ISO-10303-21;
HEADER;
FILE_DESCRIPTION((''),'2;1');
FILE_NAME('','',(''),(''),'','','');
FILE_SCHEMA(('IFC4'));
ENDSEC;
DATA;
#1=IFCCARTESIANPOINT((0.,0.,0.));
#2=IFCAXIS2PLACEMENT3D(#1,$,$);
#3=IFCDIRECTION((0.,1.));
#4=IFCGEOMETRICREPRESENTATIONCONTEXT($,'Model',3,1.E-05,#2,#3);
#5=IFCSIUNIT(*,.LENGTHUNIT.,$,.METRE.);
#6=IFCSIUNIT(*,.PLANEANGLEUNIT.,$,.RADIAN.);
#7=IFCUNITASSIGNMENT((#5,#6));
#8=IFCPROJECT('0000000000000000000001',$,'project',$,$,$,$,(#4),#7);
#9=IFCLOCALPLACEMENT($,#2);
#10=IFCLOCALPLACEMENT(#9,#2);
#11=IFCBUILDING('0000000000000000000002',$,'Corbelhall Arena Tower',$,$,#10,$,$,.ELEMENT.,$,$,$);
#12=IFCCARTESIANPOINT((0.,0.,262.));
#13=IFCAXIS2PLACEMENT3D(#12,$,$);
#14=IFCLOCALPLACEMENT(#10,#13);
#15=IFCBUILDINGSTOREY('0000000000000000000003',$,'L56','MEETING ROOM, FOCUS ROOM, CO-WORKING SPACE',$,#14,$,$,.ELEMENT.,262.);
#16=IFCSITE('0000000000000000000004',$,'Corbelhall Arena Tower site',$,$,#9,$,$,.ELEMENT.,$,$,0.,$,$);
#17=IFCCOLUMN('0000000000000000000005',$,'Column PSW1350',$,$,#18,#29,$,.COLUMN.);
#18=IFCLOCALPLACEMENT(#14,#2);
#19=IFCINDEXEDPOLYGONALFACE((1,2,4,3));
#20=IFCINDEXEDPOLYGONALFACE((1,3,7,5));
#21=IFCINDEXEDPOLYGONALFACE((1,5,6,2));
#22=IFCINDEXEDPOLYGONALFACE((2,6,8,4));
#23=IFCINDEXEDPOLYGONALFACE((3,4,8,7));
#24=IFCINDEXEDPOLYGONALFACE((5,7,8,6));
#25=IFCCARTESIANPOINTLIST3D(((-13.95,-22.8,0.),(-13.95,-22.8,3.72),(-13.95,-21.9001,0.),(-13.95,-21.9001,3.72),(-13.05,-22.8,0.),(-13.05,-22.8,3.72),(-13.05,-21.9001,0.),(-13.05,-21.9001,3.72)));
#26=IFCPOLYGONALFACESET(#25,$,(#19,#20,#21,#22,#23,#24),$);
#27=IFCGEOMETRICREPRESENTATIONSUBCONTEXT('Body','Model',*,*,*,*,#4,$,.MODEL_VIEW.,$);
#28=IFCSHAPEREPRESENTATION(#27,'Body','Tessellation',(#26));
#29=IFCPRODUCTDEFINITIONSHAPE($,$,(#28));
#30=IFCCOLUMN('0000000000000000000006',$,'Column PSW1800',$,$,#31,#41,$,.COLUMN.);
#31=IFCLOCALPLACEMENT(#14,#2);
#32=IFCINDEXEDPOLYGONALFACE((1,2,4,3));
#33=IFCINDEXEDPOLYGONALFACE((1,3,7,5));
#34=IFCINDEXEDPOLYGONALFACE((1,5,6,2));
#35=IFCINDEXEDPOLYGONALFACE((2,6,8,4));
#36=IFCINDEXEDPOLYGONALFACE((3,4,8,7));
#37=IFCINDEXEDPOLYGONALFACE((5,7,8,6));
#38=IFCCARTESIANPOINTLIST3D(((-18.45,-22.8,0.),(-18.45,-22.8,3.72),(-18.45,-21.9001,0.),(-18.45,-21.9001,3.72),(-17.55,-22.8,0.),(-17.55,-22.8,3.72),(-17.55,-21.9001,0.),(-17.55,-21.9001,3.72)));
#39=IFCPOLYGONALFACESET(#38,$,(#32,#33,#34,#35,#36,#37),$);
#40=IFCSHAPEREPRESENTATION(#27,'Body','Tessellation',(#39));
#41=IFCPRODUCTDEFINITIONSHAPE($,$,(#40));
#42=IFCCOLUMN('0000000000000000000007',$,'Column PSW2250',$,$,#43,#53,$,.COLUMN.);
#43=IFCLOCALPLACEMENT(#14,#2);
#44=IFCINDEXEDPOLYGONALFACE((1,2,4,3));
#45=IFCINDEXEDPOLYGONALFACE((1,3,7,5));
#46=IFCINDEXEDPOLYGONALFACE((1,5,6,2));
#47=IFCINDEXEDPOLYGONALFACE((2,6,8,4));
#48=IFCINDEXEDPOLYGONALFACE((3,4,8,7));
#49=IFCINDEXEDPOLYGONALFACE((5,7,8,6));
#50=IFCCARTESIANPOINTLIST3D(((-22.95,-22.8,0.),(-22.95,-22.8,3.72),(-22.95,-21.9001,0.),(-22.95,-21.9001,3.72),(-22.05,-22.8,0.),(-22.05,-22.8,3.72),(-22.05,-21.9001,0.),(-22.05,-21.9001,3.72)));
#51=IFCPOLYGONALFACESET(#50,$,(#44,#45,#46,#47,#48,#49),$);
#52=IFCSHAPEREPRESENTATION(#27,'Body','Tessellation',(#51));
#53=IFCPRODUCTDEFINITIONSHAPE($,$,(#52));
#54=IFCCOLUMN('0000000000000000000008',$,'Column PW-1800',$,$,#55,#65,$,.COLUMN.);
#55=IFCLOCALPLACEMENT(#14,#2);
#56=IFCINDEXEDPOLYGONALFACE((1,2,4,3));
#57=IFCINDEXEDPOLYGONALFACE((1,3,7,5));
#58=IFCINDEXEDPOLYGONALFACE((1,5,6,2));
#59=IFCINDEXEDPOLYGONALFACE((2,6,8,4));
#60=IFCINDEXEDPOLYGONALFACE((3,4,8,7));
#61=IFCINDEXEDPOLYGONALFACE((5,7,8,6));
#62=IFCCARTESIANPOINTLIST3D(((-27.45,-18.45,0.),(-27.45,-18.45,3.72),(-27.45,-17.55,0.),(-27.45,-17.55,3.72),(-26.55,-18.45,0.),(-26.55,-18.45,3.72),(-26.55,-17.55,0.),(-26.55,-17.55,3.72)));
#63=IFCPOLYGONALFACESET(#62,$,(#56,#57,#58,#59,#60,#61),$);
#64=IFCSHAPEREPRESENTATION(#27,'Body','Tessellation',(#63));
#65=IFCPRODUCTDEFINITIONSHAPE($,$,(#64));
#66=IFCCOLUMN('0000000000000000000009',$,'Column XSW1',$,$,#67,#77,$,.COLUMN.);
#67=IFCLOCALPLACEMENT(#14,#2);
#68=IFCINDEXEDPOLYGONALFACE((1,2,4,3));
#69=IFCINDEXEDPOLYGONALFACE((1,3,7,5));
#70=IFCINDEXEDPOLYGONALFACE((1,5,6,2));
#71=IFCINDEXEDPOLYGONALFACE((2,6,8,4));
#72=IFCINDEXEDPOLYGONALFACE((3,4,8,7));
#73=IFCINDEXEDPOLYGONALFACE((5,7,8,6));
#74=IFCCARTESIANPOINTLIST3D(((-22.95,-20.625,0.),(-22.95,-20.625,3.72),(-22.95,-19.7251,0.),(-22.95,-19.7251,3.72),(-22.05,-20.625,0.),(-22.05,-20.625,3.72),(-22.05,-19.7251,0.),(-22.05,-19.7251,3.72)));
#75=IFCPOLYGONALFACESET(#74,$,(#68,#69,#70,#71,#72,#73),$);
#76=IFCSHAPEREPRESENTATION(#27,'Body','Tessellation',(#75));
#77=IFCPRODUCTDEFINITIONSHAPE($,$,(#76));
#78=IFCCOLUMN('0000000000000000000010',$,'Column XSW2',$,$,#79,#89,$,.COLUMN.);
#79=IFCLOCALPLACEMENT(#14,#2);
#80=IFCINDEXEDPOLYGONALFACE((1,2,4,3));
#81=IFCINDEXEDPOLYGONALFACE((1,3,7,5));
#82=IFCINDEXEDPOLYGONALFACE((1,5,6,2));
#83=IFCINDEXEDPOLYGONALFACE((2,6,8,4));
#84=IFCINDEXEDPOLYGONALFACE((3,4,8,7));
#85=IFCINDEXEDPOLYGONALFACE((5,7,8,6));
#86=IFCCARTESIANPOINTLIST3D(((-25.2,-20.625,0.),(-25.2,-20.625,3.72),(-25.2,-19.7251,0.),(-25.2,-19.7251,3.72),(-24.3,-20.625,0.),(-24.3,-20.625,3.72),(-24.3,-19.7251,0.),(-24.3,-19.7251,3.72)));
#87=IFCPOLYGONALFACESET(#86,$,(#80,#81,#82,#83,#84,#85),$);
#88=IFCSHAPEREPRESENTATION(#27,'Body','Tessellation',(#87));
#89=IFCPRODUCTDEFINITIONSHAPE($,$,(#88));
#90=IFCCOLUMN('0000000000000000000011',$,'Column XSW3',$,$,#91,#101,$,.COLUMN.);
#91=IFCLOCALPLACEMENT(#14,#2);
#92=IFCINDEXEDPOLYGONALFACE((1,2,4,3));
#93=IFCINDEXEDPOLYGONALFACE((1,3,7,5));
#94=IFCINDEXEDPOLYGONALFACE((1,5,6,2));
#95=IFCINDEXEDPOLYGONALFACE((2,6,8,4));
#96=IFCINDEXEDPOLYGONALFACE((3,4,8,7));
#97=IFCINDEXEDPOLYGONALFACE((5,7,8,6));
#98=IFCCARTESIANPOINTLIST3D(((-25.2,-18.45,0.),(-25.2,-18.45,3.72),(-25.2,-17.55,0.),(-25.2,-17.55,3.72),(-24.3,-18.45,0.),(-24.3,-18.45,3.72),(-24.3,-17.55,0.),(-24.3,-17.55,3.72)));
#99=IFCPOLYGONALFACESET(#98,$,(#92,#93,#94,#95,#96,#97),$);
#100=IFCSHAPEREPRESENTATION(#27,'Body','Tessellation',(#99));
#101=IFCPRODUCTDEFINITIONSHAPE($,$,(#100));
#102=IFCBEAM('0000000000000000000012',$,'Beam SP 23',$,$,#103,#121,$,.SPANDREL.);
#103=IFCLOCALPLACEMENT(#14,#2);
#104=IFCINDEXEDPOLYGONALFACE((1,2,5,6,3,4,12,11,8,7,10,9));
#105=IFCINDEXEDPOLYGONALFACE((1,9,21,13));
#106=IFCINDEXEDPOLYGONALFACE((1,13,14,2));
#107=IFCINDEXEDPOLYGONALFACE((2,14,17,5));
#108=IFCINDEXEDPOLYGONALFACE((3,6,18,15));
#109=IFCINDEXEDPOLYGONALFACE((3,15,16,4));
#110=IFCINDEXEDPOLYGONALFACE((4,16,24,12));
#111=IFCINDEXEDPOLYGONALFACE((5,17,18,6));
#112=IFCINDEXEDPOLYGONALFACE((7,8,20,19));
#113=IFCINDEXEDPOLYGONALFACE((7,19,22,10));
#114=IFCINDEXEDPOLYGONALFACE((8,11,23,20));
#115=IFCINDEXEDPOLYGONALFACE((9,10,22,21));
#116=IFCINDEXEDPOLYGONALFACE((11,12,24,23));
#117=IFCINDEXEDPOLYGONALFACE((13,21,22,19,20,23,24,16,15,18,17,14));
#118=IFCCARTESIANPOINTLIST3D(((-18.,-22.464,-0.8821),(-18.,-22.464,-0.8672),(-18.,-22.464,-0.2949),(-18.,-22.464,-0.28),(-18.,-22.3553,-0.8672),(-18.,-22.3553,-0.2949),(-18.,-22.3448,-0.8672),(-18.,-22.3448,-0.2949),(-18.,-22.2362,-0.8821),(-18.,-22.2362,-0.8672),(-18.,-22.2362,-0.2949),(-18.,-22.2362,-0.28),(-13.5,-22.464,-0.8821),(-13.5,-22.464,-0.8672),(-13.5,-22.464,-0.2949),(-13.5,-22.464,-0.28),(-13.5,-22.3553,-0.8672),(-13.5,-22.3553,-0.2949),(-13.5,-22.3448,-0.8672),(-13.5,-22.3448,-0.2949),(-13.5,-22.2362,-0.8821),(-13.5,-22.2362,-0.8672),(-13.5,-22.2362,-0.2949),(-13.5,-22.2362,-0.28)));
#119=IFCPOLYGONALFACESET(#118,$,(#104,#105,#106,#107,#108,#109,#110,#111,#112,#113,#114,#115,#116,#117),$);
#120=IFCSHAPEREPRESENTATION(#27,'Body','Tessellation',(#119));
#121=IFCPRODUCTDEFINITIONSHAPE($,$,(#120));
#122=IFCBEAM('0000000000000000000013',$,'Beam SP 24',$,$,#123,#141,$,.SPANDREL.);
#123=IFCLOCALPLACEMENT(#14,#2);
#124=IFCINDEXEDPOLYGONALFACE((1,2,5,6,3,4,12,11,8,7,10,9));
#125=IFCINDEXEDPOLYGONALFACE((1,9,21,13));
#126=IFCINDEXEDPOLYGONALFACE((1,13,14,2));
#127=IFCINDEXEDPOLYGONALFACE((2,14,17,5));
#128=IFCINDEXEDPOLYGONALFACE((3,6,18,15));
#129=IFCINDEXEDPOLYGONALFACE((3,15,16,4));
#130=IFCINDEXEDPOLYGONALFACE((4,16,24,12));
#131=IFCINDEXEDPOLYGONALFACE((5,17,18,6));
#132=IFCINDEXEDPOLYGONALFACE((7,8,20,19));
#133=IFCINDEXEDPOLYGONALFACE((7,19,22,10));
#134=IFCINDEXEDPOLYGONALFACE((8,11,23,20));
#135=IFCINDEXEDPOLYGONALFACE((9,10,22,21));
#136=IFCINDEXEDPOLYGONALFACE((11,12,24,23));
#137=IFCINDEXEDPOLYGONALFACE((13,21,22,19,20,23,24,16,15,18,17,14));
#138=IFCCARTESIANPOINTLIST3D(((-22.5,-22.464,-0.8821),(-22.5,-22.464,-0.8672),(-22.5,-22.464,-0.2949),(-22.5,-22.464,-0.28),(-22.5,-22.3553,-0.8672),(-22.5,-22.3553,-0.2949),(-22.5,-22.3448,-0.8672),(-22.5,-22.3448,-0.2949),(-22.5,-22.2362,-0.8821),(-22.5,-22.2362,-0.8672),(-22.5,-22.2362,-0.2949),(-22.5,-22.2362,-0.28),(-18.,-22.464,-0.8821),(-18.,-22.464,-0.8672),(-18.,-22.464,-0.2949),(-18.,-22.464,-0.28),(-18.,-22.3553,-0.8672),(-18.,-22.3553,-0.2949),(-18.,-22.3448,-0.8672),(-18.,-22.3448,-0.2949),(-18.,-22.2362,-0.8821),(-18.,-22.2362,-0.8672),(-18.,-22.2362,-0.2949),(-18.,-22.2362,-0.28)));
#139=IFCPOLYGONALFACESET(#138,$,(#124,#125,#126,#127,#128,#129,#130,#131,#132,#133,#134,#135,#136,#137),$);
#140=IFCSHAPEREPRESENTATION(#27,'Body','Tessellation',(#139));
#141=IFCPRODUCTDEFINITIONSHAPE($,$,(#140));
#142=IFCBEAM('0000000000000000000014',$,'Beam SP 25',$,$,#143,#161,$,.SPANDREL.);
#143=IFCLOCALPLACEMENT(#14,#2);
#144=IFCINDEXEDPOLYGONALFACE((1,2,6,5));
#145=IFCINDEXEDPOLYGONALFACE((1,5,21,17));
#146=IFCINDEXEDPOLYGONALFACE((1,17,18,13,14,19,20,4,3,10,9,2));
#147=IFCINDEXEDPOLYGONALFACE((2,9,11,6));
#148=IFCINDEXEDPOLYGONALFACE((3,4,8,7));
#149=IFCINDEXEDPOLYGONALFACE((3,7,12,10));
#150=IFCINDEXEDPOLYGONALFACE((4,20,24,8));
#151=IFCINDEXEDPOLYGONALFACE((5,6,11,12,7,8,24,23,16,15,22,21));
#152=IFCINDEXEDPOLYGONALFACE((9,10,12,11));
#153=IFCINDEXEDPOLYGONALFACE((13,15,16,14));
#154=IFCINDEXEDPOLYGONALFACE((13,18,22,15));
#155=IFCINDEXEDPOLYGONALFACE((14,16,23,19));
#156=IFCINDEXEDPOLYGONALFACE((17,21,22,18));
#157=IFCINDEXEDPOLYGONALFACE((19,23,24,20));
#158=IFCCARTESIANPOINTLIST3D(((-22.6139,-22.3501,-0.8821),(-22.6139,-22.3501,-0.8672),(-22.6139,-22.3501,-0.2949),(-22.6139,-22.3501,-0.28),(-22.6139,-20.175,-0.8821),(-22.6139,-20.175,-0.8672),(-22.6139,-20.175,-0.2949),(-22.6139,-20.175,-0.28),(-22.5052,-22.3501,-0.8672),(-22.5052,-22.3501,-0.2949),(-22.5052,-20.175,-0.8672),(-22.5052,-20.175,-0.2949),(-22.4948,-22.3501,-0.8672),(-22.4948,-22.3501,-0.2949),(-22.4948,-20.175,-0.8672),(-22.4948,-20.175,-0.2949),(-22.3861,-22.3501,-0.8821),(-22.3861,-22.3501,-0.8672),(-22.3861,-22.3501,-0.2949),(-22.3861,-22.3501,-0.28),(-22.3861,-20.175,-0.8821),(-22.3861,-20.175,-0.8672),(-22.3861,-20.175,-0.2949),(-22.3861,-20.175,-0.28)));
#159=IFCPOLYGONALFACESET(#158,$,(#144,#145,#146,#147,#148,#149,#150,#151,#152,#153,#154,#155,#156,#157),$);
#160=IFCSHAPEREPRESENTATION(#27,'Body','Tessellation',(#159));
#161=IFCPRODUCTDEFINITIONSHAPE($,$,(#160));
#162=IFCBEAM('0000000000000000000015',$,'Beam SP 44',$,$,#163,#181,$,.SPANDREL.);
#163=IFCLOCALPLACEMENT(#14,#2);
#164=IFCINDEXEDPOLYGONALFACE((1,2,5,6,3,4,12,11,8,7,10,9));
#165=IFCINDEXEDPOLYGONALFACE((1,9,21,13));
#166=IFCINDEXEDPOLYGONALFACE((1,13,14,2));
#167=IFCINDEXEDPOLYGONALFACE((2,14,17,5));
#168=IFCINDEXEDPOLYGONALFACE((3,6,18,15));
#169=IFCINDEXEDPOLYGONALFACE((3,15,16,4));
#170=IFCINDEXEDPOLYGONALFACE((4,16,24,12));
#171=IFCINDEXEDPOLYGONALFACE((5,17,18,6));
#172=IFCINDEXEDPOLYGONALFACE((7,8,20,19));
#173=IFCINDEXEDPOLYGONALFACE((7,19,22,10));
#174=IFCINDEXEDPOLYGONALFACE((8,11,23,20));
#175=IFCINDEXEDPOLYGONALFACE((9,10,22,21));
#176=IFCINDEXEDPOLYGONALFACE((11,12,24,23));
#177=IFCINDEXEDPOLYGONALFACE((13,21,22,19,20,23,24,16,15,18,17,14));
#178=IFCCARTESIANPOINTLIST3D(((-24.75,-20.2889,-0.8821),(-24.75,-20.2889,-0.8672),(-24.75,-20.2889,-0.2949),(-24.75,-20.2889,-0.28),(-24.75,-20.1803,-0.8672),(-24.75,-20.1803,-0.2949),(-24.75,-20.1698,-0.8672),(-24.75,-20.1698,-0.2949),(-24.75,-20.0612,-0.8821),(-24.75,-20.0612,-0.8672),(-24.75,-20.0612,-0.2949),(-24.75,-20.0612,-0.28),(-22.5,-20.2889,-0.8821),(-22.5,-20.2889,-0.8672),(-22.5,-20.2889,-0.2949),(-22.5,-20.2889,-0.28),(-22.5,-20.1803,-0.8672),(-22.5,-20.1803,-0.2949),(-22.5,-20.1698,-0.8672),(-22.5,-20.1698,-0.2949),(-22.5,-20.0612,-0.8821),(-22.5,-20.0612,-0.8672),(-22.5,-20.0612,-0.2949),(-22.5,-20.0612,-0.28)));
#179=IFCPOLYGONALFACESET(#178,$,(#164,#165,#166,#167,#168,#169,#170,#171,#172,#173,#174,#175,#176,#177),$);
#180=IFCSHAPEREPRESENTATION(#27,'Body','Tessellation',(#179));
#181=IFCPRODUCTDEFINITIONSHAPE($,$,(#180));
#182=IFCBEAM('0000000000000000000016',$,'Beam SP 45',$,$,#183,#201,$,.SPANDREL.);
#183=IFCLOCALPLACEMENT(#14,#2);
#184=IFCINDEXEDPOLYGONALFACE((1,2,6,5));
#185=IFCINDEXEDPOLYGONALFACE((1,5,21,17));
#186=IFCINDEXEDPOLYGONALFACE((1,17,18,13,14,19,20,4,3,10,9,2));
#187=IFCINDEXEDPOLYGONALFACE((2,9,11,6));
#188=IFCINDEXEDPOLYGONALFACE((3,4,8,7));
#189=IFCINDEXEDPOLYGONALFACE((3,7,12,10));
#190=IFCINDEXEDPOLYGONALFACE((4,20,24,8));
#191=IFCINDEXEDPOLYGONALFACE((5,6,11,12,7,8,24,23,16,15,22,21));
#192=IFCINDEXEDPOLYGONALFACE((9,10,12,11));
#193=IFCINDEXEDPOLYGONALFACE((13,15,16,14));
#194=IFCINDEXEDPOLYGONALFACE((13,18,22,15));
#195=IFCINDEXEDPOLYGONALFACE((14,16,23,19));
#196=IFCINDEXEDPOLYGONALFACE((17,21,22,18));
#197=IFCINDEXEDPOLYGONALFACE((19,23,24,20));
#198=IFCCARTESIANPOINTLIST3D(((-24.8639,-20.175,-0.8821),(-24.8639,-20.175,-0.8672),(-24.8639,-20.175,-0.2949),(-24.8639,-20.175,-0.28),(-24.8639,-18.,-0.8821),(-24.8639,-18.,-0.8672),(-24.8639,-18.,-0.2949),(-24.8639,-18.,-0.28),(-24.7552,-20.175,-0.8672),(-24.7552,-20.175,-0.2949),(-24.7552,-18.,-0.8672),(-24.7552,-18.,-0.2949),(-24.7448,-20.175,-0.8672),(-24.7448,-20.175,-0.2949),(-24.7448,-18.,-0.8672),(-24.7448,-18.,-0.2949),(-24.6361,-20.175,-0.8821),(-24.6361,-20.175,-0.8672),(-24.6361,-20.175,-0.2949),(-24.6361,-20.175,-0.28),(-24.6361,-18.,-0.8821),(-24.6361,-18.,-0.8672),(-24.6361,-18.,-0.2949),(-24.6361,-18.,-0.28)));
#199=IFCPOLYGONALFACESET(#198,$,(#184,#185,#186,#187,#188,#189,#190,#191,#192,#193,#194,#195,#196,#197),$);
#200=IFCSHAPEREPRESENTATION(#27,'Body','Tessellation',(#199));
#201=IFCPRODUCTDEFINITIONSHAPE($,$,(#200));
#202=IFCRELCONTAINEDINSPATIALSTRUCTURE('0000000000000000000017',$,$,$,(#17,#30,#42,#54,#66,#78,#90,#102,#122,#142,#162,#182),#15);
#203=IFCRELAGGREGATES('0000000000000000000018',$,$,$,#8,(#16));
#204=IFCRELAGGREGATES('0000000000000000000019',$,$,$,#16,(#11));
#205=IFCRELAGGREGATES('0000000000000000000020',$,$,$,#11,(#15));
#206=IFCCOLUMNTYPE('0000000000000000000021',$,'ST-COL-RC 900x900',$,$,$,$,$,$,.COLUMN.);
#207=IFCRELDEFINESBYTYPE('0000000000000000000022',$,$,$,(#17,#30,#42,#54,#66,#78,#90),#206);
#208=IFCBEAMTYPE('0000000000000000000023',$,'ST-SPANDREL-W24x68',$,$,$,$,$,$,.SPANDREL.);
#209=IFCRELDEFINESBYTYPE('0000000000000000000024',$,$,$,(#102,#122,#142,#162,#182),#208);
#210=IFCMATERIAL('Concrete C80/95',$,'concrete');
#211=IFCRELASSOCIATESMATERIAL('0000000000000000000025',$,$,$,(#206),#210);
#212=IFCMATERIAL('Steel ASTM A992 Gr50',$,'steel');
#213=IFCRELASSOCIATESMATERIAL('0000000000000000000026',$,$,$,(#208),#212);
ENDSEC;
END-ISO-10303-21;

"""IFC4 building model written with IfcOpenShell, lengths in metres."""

from ifc_helpers import new_model, si_unit, direction, frame, origin, origin_2d, place, context, subcontext, project, spatial, rectangle, i_section, extrude, material, material_profile, profile_set, type_object, element, save


model = new_model("IFC4")

# Units and contexts
model_context = context("Model", 3, precision=1e-05, world=origin(), true_north=direction((0.0, 1.0)))
body_context = subcontext(model_context, "Body", "Model", "MODEL_VIEW")
ifc_project = project(units=[si_unit("LENGTHUNIT", "METRE"), si_unit("PLANEANGLEUNIT", "RADIAN")], contexts=[model_context])

# Site, building, storey
site_placement = place(None, origin())
site = spatial("IfcSite", under=ifc_project, at=site_placement, Name="Corbelhall Arena Tower site", CompositionType="ELEMENT", RefElevation=0.0)
building_placement = place(site_placement, origin())
building = spatial("IfcBuilding", under=site, at=building_placement, Name="Corbelhall Arena Tower", CompositionType="ELEMENT")
storey_placement = place(building_placement, frame((0.0, 0.0, 262.0)))
storey = spatial("IfcBuildingStorey", under=building, at=storey_placement, Name="L56", Description="MEETING ROOM, FOCUS ROOM, CO-WORKING SPACE", CompositionType="ELEMENT", Elevation=262.0)

# Columns
ifc_material_1 = material(Name="Concrete C80/95", Category="concrete")
ifc_material_profile_1 = material_profile(ifc_material_1, rectangle(XDim=0.8999, YDim=0.8999, at=origin_2d()))
ifc_profile_set_1 = profile_set([ifc_material_profile_1], Name="Concrete C80/95")
column_type = type_object("IfcColumnType", Name="ST-COL-RC 900x900", PredefinedType="COLUMN", material=ifc_profile_set_1)
for number, where, z_axis, x_axis, name in (
    (1, (-13.5, -22.3501, 0.0), (0.0, 0.0, 1.0), (1.0, 0.0, 0.0), "Column PSW1350"),
    (2, (-18.0, -22.3501, 0.0), (0.0, 0.0, 1.0), (1.0, 0.0, 0.0), "Column PSW1800"),
    (3, (-22.5, -22.3501, 0.0), (0.0, 0.0, 1.0), (1.0, 0.0, 0.0), "Column PSW2250"),
    (4, (-27.0, -18.0, 0.0), (0.0, 0.0, 1.0), (0.0, 1.0, 0.0), "Column PW-1800"),
    (5, (-22.5, -20.175, 0.0), (0.0, 0.0, 1.0), (1.0, 0.0, 0.0), "Column XSW1"),
    (6, (-24.75, -20.175, 0.0), (0.0, 0.0, 1.0), (1.0, 0.0, 0.0), "Column XSW2"),
    (7, (-24.75, -18.0, 0.0), (0.0, 0.0, 1.0), (1.0, 0.0, 0.0), "Column XSW3"),
):
    element("IfcColumn", number, at=place(storey_placement, frame(where, z_axis=z_axis, x_axis=x_axis)), inside=storey, type_object=column_type, Name=name, PredefinedType="COLUMN", context=body_context, shape_type="SweptSolid", body=[
        extrude(rectangle(XDim=0.8999, YDim=0.8999, at=origin_2d()), origin(), (0.0, 0.0, 1.0), 3.72),
    ])

# Beams
ifc_material_2 = material(Name="Steel ASTM A992 Gr50", Category="steel")
ifc_material_profile_2 = material_profile(ifc_material_2, i_section(OverallWidth=0.2278, OverallDepth=0.6021, WebThickness=0.0105, FlangeThickness=0.0149, at=origin_2d()))
ifc_profile_set_2 = profile_set([ifc_material_profile_2], Name="Steel ASTM A992 Gr50")
beam_type_1 = type_object("IfcBeamType", Name="ST-SPANDREL-W24x68", PredefinedType="SPANDREL", material=ifc_profile_set_2)
for number, where, z_axis, x_axis, name in (
    (8, (-13.5, -22.3501, -0.5811), (-1.0, 0.0, 0.0), (0.0, -1.0, 0.0), "Beam SP 23"),
    (9, (-18.0, -22.3501, -0.5811), (-1.0, 0.0, 0.0), (0.0, -1.0, 0.0), "Beam SP 24"),
):
    element("IfcBeam", number, at=place(storey_placement, frame(where, z_axis=z_axis, x_axis=x_axis)), inside=storey, type_object=beam_type_1, Name=name, PredefinedType="SPANDREL", context=body_context, shape_type="SweptSolid", body=[
        extrude(i_section(OverallWidth=0.2278, OverallDepth=0.6021, WebThickness=0.0105, FlangeThickness=0.0149, at=origin_2d()), origin(), (0.0, 0.0, 1.0), 4.5),
    ])
beam_1_placement = place(storey_placement, frame((-22.5, -22.3501, -0.5811), z_axis=(0.0, 1.0, 0.0), x_axis=(-1.0, 0.0, 0.0)))
element("IfcBeam", 10, at=beam_1_placement, inside=storey, type_object=beam_type_1, Name="Beam SP 25", PredefinedType="SPANDREL", context=body_context, shape_type="SweptSolid", body=[
    extrude(i_section(OverallWidth=0.2278, OverallDepth=0.6021, WebThickness=0.0105, FlangeThickness=0.0149, at=origin_2d()), origin(), (0.0, 0.0, 1.0), 2.175),
])
beam_2_placement = place(storey_placement, frame((-22.5, -20.175, -0.5811), z_axis=(-1.0, 0.0, 0.0), x_axis=(0.0, -1.0, 0.0)))
element("IfcBeam", 11, at=beam_2_placement, inside=storey, type_object=beam_type_1, Name="Beam SP 44", PredefinedType="SPANDREL", context=body_context, shape_type="SweptSolid", body=[
    extrude(i_section(OverallWidth=0.2278, OverallDepth=0.6021, WebThickness=0.0105, FlangeThickness=0.0149, at=origin_2d()), origin(), (0.0, 0.0, 1.0), 2.25),
])
beam_3_placement = place(storey_placement, frame((-24.75, -20.175, -0.5811), z_axis=(0.0, 1.0, 0.0), x_axis=(-1.0, 0.0, 0.0)))
element("IfcBeam", 12, at=beam_3_placement, inside=storey, type_object=beam_type_1, Name="Beam SP 45", PredefinedType="SPANDREL", context=body_context, shape_type="SweptSolid", body=[
    extrude(i_section(OverallWidth=0.2278, OverallDepth=0.6021, WebThickness=0.0105, FlangeThickness=0.0149, at=origin_2d()), origin(), (0.0, 0.0, 1.0), 2.175),
])

save(model, "model.ifc")
